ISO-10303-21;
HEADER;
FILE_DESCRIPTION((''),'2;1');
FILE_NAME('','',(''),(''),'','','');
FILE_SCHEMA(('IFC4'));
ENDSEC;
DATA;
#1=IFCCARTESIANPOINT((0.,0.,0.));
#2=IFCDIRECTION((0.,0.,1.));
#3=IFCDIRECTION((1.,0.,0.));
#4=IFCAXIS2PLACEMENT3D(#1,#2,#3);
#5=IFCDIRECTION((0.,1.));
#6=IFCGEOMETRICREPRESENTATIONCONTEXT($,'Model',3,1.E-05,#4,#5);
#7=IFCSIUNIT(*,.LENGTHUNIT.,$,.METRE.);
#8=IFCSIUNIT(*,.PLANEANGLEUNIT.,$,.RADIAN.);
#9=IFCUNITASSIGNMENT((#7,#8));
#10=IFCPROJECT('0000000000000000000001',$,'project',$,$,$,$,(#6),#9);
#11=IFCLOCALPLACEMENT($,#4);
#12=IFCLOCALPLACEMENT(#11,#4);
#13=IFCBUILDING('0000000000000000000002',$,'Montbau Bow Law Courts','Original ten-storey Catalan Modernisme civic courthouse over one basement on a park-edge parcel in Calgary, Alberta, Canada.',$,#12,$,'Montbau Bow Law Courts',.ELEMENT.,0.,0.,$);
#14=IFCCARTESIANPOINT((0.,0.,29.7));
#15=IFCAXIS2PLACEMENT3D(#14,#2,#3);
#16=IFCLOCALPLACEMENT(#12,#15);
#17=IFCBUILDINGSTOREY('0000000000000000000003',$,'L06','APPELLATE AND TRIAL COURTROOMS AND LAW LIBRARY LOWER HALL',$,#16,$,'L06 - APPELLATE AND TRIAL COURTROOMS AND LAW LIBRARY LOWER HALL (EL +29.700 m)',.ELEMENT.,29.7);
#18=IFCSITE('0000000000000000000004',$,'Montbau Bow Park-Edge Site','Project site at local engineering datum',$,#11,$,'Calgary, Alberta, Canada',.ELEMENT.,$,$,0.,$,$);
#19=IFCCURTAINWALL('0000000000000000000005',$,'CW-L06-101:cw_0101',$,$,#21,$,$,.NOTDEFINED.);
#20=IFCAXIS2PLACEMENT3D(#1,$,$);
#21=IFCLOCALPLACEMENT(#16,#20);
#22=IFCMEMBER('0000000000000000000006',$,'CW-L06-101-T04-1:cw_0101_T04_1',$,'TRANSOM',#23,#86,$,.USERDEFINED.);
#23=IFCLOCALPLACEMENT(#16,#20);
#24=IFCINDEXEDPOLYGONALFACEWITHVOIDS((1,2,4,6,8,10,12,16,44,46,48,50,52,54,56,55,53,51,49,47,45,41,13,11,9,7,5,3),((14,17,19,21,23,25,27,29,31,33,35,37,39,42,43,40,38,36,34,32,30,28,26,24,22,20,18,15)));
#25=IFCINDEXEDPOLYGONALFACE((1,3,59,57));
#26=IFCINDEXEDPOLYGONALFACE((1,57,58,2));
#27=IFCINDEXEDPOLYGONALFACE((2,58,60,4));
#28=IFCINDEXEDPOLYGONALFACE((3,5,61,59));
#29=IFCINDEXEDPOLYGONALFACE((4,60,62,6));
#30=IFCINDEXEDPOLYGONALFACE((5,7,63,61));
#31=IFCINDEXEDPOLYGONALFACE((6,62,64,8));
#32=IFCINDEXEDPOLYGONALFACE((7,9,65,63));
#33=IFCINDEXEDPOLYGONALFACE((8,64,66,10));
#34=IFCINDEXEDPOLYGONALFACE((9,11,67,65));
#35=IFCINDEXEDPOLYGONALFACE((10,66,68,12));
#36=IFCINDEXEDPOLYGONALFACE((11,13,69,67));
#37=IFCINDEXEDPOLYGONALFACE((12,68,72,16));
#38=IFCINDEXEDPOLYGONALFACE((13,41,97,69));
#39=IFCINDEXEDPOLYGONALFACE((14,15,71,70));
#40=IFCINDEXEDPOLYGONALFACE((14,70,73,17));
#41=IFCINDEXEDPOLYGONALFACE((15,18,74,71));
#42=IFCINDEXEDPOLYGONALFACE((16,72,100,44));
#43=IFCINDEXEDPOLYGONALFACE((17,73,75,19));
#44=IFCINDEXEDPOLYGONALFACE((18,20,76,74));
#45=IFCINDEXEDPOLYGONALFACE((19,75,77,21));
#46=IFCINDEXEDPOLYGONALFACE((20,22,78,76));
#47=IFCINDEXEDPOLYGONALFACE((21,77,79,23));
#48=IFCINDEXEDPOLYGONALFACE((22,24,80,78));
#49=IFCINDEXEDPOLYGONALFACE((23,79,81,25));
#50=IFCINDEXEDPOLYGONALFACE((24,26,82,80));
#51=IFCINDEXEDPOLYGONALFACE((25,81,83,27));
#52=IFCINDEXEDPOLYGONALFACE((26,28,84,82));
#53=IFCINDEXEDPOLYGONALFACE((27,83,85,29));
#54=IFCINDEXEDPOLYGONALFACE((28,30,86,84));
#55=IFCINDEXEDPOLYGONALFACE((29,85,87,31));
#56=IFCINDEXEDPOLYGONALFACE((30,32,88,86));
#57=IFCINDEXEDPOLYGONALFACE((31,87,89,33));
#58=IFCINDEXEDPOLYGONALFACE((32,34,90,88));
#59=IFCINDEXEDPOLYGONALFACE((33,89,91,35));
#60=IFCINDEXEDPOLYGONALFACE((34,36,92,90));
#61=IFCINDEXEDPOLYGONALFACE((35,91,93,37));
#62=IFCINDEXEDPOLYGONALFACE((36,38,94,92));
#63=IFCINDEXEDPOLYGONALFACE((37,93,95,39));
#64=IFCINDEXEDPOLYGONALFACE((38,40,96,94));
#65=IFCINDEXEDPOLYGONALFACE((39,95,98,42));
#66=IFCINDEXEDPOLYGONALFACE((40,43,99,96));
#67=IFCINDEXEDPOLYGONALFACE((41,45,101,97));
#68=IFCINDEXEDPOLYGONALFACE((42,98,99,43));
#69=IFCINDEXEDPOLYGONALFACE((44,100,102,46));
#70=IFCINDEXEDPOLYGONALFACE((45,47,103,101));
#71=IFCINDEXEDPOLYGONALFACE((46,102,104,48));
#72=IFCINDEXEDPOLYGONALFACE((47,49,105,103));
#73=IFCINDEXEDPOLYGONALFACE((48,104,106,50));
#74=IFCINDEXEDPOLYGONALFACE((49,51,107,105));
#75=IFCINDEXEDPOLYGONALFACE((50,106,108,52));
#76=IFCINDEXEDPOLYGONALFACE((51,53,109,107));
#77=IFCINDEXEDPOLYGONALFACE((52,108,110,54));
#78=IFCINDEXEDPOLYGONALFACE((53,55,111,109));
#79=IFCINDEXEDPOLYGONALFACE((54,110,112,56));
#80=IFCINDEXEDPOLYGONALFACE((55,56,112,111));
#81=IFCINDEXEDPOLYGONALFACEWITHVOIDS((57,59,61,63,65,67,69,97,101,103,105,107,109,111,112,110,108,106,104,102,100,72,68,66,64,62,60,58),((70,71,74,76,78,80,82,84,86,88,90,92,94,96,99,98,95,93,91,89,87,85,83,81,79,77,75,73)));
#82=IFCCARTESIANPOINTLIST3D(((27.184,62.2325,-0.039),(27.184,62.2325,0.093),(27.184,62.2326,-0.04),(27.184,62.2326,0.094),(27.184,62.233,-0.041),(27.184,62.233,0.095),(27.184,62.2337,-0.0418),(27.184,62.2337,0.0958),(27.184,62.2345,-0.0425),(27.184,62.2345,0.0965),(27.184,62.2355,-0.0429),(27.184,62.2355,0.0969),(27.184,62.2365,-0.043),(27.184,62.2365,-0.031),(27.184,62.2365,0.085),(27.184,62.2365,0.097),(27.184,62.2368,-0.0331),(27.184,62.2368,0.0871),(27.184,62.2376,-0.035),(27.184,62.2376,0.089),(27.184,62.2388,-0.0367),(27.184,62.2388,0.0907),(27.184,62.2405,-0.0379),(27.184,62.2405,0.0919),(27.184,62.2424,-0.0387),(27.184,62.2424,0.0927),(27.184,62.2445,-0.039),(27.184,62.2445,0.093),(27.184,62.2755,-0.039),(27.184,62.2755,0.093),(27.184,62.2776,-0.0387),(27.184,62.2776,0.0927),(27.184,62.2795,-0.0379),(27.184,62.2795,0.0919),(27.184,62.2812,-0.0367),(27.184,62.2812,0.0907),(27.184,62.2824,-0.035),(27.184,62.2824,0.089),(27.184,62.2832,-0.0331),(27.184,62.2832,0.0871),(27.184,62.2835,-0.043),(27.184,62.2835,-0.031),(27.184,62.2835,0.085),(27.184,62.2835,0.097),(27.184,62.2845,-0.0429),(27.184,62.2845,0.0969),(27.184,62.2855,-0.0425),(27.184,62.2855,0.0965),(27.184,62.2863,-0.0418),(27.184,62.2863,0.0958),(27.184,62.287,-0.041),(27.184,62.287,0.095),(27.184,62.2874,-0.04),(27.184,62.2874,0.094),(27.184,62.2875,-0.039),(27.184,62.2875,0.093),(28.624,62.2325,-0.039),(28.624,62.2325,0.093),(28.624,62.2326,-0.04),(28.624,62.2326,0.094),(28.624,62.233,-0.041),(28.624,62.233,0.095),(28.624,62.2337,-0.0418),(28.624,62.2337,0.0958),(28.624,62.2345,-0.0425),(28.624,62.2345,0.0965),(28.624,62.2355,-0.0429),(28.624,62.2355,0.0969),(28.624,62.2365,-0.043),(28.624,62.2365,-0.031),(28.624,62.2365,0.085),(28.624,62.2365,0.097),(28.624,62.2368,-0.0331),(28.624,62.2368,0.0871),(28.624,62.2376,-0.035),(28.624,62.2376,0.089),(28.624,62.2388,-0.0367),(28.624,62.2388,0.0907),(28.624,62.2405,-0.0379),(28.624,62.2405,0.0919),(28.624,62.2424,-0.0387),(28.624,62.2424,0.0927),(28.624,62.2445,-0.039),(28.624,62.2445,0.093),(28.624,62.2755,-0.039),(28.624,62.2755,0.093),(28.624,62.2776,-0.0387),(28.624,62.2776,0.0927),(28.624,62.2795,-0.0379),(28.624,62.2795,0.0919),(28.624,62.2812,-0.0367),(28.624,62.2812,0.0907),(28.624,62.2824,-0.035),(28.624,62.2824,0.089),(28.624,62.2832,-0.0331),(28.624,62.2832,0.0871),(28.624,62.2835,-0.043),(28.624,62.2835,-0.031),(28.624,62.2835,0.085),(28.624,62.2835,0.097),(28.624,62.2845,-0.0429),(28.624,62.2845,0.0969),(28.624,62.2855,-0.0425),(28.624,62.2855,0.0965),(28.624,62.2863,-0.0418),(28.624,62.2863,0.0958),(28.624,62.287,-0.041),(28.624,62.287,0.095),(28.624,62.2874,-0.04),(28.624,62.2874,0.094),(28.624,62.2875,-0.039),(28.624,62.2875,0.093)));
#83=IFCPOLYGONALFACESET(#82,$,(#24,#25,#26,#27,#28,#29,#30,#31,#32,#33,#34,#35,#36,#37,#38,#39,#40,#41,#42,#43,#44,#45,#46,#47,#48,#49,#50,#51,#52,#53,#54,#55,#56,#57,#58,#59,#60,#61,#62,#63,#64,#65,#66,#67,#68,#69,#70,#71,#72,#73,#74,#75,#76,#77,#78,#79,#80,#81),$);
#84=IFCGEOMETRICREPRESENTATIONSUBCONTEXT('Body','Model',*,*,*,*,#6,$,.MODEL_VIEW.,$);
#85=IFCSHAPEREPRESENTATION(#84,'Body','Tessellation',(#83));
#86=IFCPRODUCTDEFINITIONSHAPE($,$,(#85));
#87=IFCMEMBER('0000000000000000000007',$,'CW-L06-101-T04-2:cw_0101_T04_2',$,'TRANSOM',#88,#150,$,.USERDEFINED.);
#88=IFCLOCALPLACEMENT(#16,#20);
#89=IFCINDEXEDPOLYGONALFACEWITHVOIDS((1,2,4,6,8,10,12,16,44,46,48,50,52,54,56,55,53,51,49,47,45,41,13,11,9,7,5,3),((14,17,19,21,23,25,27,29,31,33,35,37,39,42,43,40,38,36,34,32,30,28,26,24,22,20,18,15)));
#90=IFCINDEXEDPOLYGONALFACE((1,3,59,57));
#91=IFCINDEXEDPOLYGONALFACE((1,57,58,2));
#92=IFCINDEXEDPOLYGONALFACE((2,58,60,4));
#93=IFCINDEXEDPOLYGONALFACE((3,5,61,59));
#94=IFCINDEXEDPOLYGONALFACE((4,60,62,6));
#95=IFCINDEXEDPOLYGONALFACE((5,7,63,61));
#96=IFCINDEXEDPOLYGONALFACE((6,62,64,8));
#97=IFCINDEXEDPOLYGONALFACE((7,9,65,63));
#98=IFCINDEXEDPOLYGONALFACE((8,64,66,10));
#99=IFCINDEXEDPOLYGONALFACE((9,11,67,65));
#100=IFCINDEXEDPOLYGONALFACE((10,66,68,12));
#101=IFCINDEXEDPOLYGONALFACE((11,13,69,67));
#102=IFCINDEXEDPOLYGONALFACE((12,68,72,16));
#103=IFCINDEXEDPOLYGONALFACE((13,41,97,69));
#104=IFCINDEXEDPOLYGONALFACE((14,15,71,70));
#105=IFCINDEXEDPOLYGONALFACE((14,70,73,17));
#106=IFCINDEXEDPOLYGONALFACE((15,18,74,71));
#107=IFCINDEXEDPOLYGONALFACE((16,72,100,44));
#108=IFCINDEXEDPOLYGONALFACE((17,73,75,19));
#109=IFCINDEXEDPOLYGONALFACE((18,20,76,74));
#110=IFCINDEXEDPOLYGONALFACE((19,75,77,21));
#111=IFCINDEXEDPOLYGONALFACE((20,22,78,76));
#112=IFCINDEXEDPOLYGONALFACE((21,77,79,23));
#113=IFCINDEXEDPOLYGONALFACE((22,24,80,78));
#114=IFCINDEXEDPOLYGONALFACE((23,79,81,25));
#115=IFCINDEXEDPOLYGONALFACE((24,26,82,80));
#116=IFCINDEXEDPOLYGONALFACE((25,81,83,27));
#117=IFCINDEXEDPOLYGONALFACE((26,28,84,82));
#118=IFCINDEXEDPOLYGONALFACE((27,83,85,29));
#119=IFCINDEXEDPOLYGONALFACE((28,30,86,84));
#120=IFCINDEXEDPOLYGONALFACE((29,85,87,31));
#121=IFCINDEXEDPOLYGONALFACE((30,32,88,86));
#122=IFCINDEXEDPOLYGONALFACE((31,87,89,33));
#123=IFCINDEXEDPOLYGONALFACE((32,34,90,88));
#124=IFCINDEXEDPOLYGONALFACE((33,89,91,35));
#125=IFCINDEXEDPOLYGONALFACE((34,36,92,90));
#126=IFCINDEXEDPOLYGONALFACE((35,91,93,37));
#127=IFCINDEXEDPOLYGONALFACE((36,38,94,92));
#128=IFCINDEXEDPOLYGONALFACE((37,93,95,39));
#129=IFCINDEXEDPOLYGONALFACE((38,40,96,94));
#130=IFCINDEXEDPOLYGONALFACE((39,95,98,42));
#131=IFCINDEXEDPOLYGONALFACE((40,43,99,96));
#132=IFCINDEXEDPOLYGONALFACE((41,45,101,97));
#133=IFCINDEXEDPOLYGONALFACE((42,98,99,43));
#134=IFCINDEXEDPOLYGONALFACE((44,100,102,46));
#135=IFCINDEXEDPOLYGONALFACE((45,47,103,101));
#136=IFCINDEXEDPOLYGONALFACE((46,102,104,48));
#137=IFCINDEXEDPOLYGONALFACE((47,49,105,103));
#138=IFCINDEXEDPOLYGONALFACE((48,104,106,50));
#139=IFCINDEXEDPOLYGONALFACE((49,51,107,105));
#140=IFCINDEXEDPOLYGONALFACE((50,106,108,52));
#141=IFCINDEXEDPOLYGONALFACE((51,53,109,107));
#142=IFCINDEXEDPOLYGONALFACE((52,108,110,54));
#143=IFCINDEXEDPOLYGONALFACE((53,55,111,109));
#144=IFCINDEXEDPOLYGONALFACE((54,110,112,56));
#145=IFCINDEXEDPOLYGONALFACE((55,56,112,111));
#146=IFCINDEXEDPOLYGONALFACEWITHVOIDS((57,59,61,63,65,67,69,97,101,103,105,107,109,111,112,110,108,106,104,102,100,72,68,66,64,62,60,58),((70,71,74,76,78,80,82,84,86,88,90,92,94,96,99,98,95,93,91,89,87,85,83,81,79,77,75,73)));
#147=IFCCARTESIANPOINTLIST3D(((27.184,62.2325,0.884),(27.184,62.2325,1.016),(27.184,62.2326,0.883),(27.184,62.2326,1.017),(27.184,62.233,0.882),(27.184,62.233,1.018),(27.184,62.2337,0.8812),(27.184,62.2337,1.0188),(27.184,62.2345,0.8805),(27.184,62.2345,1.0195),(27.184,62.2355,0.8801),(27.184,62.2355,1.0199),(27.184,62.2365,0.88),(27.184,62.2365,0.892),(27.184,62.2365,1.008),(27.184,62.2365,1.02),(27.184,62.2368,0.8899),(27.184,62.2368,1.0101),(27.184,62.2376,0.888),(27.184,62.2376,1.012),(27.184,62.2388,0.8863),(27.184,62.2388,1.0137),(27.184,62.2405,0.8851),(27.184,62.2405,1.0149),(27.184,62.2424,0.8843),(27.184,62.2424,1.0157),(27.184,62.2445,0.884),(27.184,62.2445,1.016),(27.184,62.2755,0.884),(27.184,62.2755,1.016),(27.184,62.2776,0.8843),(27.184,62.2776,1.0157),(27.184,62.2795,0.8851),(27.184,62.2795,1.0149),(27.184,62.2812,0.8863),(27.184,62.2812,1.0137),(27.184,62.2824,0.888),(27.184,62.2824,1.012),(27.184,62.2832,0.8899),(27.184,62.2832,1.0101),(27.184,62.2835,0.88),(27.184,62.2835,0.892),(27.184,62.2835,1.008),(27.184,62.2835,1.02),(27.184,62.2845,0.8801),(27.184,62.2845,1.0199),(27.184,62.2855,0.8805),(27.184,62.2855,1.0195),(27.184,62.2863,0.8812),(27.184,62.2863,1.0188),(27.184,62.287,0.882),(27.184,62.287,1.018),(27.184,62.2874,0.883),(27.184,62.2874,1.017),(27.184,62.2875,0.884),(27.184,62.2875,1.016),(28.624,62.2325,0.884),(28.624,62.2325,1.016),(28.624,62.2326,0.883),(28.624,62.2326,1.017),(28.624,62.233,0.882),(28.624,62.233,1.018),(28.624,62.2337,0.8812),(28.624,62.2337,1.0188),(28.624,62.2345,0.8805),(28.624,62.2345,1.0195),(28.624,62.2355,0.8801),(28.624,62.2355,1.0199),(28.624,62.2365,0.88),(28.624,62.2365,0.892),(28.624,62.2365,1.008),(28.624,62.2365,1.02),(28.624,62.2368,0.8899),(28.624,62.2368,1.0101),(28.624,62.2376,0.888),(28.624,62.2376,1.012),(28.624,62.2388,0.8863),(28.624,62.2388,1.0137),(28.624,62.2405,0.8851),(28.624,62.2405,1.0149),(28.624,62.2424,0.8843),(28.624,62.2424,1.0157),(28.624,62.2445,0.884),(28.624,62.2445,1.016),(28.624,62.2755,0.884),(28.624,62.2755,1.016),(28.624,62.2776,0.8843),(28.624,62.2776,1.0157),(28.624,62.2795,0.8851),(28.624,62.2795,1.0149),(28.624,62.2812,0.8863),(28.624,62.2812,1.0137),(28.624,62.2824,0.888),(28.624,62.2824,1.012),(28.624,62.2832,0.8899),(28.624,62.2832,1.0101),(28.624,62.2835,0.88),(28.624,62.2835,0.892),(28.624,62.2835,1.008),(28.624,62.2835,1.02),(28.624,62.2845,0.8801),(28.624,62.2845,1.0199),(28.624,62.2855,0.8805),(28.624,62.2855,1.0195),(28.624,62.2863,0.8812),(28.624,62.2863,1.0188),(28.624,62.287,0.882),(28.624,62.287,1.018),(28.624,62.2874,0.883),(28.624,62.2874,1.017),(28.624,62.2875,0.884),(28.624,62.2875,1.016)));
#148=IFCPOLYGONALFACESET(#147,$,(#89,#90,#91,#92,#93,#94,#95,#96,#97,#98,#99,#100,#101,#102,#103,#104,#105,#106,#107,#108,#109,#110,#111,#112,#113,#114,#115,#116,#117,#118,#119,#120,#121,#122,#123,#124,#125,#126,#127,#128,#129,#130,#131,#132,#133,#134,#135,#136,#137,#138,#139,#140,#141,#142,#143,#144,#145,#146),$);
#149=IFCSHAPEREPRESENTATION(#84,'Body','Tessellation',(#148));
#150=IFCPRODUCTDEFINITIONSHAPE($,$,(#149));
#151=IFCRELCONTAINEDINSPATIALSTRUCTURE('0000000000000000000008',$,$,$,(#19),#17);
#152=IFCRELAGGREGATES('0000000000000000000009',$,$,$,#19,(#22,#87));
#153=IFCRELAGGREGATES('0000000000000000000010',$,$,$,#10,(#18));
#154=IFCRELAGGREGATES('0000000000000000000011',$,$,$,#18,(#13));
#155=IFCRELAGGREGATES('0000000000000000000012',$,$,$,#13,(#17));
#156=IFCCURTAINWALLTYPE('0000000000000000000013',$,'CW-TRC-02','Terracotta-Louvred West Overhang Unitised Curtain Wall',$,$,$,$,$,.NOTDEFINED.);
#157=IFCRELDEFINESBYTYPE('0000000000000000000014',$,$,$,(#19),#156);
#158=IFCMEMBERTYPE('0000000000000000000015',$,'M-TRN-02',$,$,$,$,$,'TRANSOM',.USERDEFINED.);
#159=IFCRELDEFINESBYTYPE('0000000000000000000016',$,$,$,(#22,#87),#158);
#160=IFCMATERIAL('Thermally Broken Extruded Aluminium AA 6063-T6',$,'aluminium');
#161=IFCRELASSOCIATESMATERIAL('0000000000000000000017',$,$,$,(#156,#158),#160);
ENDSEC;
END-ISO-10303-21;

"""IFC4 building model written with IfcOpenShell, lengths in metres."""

from ifc_helpers import new_model, si_unit, direction, frame, origin_with_axes, origin_2d_with_axis, place, context, subcontext, project, spatial, hollow_rectangle, extrude, material, material_profile, profile_set, type_object, element, aggregate, save


model = new_model("IFC4")

# Units and contexts
model_context = context("Model", 3, precision=1e-05, world=origin_with_axes(), true_north=direction((0.0, 1.0)))
body_context = subcontext(model_context, "Body", "Model", "MODEL_VIEW")
ifc_project = project(units=[si_unit("LENGTHUNIT", "METRE"), si_unit("PLANEANGLEUNIT", "RADIAN")], contexts=[model_context])

# Site, building, storey
site_placement = place(None, origin_with_axes())
site = spatial("IfcSite", under=ifc_project, at=site_placement, Name="Montbau Bow Park-Edge Site", Description="Project site at local engineering datum", LongName="Calgary, Alberta, Canada", CompositionType="ELEMENT", RefElevation=0.0)
building_placement = place(site_placement, origin_with_axes())
building = spatial("IfcBuilding", under=site, at=building_placement, Name="Montbau Bow Law Courts", Description="Original ten-storey Catalan Modernisme civic courthouse over one basement on a park-edge parcel in Calgary, Alberta, Canada.", LongName="Montbau Bow Law Courts", CompositionType="ELEMENT", ElevationOfRefHeight=0.0, ElevationOfTerrain=0.0)
storey_placement = place(building_placement, frame((0.0, 0.0, 29.7), z_axis=(0.0, 0.0, 1.0), x_axis=(1.0, 0.0, 0.0)))
storey = spatial("IfcBuildingStorey", under=building, at=storey_placement, Name="L06", Description="APPELLATE AND TRIAL COURTROOMS AND LAW LIBRARY LOWER HALL", LongName="L06 - APPELLATE AND TRIAL COURTROOMS AND LAW LIBRARY LOWER HALL (EL +29.700 m)", CompositionType="ELEMENT", Elevation=29.7)

# Curtain wall, members
ifc_material_1 = material(Name="Thermally Broken Extruded Aluminium AA 6063-T6", Category="aluminium")
curtain_wall_type = type_object("IfcCurtainWallType", Name="CW-TRC-02", Description="Terracotta-Louvred West Overhang Unitised Curtain Wall", PredefinedType="NOTDEFINED", material=ifc_material_1)
curtain_wall_placement = place(None, frame((22.64, 62.26, 29.7), z_axis=(0.0, 0.0, 1.0), x_axis=(1.0, 0.0, 0.0)))
curtain_wall = element("IfcCurtainWall", 1, at=curtain_wall_placement, inside=storey, type_object=curtain_wall_type, Name="CW-L06-101:cw_0101", PredefinedType="NOTDEFINED")
ifc_material_profile_1 = material_profile(ifc_material_1, hollow_rectangle(XDim=0.055, YDim=0.14, WallThickness=0.004, InnerFilletRadius=0.008, OuterFilletRadius=0.004, at=origin_2d_with_axis()), Name="CWT-140X55", Category="Main", Priority=0)
ifc_profile_set_1 = profile_set([ifc_material_profile_1], Name="Thermally Broken Extruded Aluminium AA 6063-T6")
member_type_1 = type_object("IfcMemberType", Name="M-TRN-02", ElementType="TRANSOM", PredefinedType="USERDEFINED", material=ifc_profile_set_1)
member_1_placement = place(None, frame((27.184, 62.26, 29.727), z_axis=(1.0, 0.0, 0.0), x_axis=(0.0, 1.0, 0.0)))
member_1 = element("IfcMember", 2, at=member_1_placement, type_object=member_type_1, Name="CW-L06-101-T04-1:cw_0101_T04_1", ObjectType="TRANSOM", PredefinedType="USERDEFINED", context=body_context, shape_type="SweptSolid", body=[
    extrude(hollow_rectangle(XDim=0.055, YDim=0.14, WallThickness=0.004, InnerFilletRadius=0.008, OuterFilletRadius=0.004, at=origin_2d_with_axis()), origin_with_axes(), (0.0, 0.0, 1.0), 1.44),
])
member_2_placement = place(None, frame((27.184, 62.26, 30.65), z_axis=(1.0, 0.0, 0.0), x_axis=(0.0, 1.0, 0.0)))
member_2 = element("IfcMember", 3, at=member_2_placement, type_object=member_type_1, Name="CW-L06-101-T04-2:cw_0101_T04_2", ObjectType="TRANSOM", PredefinedType="USERDEFINED", context=body_context, shape_type="SweptSolid", body=[
    extrude(hollow_rectangle(XDim=0.055, YDim=0.14, WallThickness=0.004, InnerFilletRadius=0.008, OuterFilletRadius=0.004, at=origin_2d_with_axis()), origin_with_axes(), (0.0, 0.0, 1.0), 1.44),
])
aggregate(curtain_wall, [member_1, member_2])

save(model, "model.ifc")
